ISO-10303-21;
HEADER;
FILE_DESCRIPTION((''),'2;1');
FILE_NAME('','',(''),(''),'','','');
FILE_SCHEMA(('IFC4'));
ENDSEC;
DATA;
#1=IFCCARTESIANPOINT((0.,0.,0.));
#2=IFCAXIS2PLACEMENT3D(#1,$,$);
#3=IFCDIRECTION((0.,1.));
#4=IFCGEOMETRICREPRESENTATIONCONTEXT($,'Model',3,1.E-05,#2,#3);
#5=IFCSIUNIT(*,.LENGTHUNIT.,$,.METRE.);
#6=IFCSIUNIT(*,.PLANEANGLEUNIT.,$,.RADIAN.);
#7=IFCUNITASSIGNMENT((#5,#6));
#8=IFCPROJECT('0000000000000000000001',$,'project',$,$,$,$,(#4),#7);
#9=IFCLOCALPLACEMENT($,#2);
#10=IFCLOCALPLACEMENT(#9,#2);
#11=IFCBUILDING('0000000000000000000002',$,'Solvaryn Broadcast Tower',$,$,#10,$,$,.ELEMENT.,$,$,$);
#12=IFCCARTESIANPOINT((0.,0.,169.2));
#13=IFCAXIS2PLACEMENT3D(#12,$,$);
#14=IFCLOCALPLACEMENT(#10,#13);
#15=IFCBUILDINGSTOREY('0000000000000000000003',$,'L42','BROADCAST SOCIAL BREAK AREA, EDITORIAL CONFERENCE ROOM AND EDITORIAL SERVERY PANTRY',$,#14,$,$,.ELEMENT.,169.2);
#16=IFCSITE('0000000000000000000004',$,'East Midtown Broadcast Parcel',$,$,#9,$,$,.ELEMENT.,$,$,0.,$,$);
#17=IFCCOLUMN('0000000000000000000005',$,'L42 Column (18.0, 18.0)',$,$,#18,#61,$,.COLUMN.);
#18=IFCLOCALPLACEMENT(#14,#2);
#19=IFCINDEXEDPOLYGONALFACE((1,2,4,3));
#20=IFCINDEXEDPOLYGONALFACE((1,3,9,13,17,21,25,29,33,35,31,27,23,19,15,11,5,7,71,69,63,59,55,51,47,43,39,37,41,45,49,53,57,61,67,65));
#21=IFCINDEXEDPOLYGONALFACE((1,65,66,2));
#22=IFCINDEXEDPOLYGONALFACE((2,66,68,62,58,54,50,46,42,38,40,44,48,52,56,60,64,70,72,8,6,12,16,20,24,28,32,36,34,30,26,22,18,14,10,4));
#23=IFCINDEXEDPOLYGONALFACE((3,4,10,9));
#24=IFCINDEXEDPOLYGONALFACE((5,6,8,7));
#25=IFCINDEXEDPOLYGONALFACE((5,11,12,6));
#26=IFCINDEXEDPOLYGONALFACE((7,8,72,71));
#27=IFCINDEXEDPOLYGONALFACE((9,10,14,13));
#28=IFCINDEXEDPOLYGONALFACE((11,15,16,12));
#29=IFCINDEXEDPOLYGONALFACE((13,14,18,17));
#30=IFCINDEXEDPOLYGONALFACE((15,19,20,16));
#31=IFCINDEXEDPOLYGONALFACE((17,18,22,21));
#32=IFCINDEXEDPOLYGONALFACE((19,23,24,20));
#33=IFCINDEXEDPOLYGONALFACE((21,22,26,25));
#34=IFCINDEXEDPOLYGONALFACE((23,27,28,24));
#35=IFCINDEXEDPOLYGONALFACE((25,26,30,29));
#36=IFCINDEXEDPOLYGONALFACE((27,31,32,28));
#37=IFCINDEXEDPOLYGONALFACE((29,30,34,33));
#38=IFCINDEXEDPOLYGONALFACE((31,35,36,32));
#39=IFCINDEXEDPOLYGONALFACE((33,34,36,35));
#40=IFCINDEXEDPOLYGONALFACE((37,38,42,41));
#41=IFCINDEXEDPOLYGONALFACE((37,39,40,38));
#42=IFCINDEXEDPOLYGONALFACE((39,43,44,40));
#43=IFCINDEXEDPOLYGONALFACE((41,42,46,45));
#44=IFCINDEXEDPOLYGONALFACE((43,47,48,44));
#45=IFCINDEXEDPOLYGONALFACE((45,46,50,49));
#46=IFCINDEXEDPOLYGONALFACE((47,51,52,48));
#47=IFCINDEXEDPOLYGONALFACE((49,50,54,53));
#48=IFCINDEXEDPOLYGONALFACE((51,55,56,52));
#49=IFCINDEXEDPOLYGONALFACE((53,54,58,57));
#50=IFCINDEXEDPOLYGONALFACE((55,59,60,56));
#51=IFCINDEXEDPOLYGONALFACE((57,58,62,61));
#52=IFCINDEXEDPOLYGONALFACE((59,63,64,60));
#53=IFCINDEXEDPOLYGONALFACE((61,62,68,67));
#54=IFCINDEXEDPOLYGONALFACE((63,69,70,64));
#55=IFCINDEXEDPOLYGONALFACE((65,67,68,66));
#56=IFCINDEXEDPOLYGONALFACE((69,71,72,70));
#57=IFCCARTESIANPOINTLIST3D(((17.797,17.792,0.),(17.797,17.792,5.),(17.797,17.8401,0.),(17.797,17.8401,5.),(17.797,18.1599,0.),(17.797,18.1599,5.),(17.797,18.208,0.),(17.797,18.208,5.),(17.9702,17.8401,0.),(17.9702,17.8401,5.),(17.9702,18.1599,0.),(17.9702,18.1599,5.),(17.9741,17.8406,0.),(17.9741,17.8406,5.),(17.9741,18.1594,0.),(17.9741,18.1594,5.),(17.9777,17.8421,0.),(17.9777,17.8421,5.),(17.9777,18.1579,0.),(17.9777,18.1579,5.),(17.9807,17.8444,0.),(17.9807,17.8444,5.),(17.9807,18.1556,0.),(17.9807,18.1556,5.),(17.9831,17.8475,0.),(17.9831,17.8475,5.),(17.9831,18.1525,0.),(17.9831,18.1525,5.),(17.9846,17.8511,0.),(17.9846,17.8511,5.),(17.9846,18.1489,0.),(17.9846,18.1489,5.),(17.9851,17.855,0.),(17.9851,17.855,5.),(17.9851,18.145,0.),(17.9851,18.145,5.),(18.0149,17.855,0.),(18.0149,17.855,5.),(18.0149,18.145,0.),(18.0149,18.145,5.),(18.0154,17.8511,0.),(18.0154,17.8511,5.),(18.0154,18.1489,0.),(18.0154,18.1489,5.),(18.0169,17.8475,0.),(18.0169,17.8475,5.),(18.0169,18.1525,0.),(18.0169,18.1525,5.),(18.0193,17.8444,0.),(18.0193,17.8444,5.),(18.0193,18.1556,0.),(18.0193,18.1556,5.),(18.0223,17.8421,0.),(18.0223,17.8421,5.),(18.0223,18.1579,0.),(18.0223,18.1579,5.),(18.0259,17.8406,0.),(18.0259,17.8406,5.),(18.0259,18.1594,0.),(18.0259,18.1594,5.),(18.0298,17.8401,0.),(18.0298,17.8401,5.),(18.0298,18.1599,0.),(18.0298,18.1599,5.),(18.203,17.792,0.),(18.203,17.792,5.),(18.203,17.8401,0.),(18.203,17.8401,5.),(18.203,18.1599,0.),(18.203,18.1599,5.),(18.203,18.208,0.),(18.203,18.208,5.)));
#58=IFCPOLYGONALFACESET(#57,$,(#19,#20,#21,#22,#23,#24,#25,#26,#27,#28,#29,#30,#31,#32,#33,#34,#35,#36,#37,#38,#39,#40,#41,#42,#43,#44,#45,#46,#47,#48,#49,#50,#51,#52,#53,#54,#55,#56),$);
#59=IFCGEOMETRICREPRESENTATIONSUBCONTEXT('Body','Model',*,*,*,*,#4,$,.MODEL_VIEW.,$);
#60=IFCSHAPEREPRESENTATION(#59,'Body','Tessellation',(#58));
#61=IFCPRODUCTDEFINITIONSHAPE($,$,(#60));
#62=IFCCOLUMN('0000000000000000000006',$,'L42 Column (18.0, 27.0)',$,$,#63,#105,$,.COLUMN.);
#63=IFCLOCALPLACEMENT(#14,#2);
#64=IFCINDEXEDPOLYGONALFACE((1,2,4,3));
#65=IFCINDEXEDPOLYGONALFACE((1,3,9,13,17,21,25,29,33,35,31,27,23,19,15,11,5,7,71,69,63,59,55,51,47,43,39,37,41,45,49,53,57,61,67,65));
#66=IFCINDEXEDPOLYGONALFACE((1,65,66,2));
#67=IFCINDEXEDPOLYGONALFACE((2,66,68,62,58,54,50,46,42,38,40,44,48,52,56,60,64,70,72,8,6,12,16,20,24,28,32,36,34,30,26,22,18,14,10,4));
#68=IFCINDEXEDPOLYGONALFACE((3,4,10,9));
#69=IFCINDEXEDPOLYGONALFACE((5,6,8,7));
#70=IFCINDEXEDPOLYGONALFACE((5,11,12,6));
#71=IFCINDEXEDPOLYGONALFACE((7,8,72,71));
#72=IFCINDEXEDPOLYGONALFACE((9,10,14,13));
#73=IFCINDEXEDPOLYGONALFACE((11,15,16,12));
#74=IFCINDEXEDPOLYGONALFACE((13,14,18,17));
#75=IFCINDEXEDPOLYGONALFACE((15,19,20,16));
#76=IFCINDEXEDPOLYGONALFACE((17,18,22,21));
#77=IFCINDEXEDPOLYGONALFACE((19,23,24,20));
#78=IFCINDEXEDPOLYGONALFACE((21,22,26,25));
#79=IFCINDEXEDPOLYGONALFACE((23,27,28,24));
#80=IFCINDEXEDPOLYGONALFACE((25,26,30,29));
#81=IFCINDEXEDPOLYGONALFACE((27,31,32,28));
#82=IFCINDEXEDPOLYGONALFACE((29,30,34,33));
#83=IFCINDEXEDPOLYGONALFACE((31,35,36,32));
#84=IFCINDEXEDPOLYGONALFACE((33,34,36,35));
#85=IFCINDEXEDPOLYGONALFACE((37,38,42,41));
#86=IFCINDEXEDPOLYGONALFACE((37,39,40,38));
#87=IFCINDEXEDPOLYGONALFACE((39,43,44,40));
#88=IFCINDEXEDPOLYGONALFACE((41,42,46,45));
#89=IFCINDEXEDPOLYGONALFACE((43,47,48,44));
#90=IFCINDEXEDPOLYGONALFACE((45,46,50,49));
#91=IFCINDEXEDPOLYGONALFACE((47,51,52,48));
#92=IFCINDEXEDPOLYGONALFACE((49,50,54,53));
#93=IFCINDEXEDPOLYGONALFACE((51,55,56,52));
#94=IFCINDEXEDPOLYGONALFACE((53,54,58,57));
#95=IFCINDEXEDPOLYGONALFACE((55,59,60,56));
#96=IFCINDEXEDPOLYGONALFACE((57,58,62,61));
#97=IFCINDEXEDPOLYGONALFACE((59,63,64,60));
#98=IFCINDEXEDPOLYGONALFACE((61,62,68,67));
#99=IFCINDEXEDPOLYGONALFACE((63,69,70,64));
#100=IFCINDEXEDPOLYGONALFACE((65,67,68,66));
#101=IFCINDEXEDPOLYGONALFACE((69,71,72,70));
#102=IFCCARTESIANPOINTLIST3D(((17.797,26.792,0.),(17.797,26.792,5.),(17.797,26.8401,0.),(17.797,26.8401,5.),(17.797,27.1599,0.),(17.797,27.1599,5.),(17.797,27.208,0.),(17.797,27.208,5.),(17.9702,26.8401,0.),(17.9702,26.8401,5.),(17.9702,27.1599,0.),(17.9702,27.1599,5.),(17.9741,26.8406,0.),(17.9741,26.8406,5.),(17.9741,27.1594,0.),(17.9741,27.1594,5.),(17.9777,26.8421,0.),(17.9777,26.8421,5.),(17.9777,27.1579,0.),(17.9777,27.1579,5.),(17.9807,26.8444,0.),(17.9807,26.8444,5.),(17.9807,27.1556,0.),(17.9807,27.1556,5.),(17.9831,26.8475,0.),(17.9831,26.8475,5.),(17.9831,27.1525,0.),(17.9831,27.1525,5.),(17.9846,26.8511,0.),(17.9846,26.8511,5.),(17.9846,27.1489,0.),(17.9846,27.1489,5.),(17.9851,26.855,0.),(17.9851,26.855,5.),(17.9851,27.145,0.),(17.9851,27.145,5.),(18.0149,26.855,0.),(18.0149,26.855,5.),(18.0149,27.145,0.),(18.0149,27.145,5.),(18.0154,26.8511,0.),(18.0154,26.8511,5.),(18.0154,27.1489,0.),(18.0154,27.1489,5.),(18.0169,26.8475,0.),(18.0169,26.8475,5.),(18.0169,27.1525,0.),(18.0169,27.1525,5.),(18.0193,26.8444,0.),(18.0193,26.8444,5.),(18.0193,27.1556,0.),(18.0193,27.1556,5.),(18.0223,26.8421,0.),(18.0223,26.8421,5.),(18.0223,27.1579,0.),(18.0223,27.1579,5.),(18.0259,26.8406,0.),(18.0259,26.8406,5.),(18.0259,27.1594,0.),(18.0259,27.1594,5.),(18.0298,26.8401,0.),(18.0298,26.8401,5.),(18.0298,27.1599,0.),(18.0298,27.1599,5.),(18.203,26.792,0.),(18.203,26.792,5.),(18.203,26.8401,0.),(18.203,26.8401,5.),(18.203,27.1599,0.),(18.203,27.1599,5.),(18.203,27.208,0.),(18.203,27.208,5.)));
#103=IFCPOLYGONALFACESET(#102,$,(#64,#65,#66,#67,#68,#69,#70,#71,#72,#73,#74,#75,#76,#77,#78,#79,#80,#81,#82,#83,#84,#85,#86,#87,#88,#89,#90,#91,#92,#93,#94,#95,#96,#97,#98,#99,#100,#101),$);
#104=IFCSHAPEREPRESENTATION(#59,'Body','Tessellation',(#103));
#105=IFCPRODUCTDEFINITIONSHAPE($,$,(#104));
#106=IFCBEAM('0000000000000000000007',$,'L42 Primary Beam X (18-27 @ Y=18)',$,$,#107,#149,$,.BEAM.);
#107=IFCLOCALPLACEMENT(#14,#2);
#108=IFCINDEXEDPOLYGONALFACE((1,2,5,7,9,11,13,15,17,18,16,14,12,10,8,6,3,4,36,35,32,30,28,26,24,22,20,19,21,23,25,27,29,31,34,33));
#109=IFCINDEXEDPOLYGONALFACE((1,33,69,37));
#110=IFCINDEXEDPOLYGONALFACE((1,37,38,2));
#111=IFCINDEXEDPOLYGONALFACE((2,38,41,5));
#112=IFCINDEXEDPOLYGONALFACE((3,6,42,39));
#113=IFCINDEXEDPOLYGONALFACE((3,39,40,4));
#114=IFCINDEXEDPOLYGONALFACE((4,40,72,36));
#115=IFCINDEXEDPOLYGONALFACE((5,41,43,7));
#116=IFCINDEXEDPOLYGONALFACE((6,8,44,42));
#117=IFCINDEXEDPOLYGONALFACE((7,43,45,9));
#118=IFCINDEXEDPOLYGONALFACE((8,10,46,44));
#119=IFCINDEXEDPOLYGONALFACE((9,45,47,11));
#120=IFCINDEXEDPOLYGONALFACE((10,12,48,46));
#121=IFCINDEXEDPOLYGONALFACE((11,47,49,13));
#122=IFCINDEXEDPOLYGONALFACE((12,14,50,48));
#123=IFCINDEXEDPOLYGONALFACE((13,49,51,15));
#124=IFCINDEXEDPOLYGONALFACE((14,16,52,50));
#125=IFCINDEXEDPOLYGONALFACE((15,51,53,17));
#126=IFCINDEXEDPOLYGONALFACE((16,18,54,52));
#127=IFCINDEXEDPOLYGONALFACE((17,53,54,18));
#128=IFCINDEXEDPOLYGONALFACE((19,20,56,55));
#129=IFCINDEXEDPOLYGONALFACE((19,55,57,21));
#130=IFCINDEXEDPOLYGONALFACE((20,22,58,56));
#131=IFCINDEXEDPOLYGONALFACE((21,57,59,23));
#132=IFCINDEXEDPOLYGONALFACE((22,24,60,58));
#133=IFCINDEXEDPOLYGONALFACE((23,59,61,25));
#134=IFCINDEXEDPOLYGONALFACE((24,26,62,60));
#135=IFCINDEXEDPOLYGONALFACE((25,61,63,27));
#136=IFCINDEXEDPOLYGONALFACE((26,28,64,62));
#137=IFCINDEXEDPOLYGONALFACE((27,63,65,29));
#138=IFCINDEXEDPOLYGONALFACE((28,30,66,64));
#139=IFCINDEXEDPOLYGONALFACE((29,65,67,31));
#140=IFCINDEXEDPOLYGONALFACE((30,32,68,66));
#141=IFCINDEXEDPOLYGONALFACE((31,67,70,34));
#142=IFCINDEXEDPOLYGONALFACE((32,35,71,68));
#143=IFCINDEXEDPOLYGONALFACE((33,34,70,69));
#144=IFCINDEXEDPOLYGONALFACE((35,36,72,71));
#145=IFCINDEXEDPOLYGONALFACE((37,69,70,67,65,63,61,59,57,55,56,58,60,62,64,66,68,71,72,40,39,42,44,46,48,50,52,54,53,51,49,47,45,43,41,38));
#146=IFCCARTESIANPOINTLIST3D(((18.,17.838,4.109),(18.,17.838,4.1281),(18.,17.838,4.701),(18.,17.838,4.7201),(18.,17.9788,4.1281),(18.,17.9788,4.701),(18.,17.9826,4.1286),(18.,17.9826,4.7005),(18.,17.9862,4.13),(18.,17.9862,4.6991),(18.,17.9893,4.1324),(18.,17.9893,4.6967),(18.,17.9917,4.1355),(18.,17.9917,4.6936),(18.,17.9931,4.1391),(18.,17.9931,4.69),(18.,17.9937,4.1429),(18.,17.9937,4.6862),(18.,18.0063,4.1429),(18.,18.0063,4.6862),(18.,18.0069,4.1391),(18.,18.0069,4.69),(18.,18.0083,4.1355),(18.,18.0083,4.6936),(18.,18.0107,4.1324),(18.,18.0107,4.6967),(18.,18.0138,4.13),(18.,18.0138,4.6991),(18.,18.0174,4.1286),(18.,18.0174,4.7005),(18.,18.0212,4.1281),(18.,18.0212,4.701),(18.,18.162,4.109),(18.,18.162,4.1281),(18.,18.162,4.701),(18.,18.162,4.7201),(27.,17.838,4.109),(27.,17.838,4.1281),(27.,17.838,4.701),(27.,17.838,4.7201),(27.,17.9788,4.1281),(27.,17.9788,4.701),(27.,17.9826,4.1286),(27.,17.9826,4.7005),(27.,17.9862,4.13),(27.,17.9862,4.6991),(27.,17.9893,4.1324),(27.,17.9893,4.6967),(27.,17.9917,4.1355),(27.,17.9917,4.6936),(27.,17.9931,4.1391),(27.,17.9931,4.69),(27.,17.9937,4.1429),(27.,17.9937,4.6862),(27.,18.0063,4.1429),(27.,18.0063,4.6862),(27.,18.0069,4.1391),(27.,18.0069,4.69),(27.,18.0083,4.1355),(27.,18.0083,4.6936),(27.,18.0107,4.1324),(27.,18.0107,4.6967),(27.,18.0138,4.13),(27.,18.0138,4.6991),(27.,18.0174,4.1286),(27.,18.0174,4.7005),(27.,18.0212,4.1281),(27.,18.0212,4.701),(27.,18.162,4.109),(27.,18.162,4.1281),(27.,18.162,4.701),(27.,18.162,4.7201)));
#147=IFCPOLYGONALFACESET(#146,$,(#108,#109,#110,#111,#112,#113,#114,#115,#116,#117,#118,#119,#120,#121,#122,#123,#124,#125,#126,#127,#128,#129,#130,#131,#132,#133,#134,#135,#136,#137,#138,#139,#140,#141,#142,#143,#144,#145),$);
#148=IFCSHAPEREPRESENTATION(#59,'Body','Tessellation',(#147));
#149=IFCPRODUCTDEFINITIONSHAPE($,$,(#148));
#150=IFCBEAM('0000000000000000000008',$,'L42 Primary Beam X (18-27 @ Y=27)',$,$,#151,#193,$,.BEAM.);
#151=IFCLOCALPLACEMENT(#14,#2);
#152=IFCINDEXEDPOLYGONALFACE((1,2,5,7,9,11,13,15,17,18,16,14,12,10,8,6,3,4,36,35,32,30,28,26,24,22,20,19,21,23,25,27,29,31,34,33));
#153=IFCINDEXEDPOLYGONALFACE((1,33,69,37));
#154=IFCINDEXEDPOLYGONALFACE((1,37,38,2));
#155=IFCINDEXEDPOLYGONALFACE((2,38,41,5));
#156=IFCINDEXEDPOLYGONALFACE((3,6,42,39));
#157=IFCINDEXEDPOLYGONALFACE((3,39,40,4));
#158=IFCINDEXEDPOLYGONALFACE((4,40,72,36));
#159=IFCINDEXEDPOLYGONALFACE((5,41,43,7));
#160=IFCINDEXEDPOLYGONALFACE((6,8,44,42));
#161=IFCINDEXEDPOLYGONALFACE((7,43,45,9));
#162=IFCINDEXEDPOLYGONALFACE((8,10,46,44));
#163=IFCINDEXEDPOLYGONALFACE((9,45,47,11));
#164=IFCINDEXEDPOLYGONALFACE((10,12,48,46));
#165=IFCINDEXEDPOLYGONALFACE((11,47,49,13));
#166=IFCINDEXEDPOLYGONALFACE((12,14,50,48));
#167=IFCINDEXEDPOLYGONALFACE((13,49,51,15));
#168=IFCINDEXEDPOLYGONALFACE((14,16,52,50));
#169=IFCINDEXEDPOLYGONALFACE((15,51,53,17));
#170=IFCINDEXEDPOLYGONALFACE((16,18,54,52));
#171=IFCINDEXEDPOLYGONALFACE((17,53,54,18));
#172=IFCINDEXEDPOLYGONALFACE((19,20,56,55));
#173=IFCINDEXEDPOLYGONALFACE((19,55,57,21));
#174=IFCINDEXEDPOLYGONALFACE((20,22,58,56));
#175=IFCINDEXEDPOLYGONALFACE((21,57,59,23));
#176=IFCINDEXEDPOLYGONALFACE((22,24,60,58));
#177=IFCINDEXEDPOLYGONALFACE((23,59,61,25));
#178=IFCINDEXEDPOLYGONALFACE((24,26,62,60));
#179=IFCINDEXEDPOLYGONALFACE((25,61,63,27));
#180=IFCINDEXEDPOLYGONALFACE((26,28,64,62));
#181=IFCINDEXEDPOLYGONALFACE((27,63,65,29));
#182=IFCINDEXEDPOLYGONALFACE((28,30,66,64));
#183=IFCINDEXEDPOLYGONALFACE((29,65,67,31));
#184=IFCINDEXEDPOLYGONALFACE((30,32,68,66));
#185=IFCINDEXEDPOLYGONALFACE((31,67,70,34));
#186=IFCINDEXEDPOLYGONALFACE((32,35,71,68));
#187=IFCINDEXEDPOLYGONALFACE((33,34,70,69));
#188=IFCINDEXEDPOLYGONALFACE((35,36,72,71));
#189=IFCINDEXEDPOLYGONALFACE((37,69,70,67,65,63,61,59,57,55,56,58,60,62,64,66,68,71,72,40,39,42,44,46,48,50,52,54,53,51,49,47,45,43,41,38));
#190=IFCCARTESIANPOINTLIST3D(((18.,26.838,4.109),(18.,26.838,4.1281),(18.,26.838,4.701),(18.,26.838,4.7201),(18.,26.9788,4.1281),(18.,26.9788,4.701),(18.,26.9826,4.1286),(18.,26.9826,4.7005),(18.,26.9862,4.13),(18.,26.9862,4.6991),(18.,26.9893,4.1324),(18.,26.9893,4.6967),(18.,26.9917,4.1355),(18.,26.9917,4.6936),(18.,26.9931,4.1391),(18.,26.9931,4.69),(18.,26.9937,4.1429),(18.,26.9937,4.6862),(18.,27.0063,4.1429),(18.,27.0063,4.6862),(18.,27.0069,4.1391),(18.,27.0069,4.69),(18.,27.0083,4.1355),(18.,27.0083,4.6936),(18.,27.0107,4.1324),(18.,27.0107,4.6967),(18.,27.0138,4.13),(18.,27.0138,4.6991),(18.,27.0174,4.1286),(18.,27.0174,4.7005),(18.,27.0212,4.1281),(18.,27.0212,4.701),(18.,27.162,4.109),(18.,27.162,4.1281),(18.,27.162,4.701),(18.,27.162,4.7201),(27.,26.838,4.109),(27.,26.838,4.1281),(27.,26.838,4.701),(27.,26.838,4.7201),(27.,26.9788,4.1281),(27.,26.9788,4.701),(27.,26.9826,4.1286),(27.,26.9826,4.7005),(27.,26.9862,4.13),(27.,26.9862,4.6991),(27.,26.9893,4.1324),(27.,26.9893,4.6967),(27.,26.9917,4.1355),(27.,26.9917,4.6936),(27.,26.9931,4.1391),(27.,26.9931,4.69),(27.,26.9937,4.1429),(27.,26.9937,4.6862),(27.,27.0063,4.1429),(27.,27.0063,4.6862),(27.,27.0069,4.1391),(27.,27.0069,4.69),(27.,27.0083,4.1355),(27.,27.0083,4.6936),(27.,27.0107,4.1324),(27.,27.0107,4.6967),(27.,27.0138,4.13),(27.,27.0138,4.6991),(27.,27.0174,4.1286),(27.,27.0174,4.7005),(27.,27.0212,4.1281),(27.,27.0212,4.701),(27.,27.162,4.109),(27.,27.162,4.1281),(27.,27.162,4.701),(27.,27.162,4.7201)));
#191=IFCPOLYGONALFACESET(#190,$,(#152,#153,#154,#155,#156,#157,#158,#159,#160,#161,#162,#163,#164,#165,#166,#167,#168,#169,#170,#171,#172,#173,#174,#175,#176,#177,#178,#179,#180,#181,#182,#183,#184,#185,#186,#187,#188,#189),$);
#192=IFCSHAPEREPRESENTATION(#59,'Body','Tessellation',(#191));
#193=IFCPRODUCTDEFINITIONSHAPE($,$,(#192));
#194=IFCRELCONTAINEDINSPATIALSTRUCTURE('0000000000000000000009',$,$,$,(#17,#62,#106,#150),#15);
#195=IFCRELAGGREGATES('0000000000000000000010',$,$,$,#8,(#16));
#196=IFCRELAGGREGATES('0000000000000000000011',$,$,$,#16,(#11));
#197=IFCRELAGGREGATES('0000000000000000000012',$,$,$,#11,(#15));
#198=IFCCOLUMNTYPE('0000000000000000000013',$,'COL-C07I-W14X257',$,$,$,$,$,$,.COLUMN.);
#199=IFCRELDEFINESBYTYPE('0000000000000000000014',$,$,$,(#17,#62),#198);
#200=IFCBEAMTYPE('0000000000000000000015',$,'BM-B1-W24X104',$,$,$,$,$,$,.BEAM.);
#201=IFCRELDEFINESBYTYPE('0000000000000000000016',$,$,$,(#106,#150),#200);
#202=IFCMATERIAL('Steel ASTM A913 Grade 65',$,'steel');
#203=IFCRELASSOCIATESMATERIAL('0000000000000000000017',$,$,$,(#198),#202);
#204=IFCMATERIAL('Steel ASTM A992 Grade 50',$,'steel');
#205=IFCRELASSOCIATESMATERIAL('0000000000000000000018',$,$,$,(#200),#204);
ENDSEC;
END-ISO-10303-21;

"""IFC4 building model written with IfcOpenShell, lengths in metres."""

from ifc_helpers import new_model, si_unit, direction, frame, origin, origin_2d, place, context, subcontext, project, spatial, i_section, extrude, material, material_profile, profile_set, type_object, element, save


model = new_model("IFC4")

# Units and contexts
model_context = context("Model", 3, precision=1e-05, world=origin(), true_north=direction((0.0, 1.0)))
body_context = subcontext(model_context, "Body", "Model", "MODEL_VIEW")
ifc_project = project(units=[si_unit("LENGTHUNIT", "METRE"), si_unit("PLANEANGLEUNIT", "RADIAN")], contexts=[model_context])

# Site, building, storey
site_placement = place(None, origin())
site = spatial("IfcSite", under=ifc_project, at=site_placement, Name="East Midtown Broadcast Parcel", CompositionType="ELEMENT", RefElevation=0.0)
building_placement = place(site_placement, origin())
building = spatial("IfcBuilding", under=site, at=building_placement, Name="Solvaryn Broadcast Tower", CompositionType="ELEMENT")
storey_placement = place(building_placement, frame((0.0, 0.0, 169.2)))
storey = spatial("IfcBuildingStorey", under=building, at=storey_placement, Name="L42", Description="BROADCAST SOCIAL BREAK AREA, EDITORIAL CONFERENCE ROOM AND EDITORIAL SERVERY PANTRY", CompositionType="ELEMENT", Elevation=169.2)

# Columns
ifc_material_1 = material(Name="Steel ASTM A913 Grade 65", Category="steel")
ifc_material_profile_1 = material_profile(ifc_material_1, i_section(OverallWidth=0.406, OverallDepth=0.416, WebThickness=0.0298, FlangeThickness=0.0481, FilletRadius=0.0149, at=origin_2d()))
ifc_profile_set_1 = profile_set([ifc_material_profile_1], Name="Steel ASTM A913 Grade 65")
column_type = type_object("IfcColumnType", Name="COL-C07I-W14X257", PredefinedType="COLUMN", material=ifc_profile_set_1)
for number, where, z_axis, x_axis, name in (
    (1, (18.0, 18.0, 0.0), (0.0, 0.0, 1.0), (1.0, 0.0, 0.0), "L42 Column (18.0, 18.0)"),
    (2, (18.0, 27.0, 0.0), (0.0, 0.0, 1.0), (1.0, 0.0, 0.0), "L42 Column (18.0, 27.0)"),
):
    element("IfcColumn", number, at=place(storey_placement, frame(where, z_axis=z_axis, x_axis=x_axis)), inside=storey, type_object=column_type, Name=name, PredefinedType="COLUMN", context=body_context, shape_type="SweptSolid", body=[
        extrude(i_section(OverallWidth=0.406, OverallDepth=0.416, WebThickness=0.0298, FlangeThickness=0.0481, FilletRadius=0.0149, at=origin_2d()), origin(), (0.0, 0.0, 1.0), 5.0),
    ])

# Beams
ifc_material_2 = material(Name="Steel ASTM A992 Grade 50", Category="steel")
ifc_material_profile_2 = material_profile(ifc_material_2, i_section(OverallWidth=0.324, OverallDepth=0.6111, WebThickness=0.0127, FlangeThickness=0.019, FilletRadius=0.0149, at=origin_2d()))
ifc_profile_set_2 = profile_set([ifc_material_profile_2], Name="Steel ASTM A992 Grade 50")
beam_type_1 = type_object("IfcBeamType", Name="BM-B1-W24X104", PredefinedType="BEAM", material=ifc_profile_set_2)
for number, where, z_axis, x_axis, name in (
    (3, (18.0, 18.0, 4.4146), (1.0, 0.0, 0.0), (0.0, 1.0, 0.0), "L42 Primary Beam X (18-27 @ Y=18)"),
    (4, (18.0, 27.0, 4.4146), (1.0, 0.0, 0.0), (0.0, 1.0, 0.0), "L42 Primary Beam X (18-27 @ Y=27)"),
):
    element("IfcBeam", number, at=place(storey_placement, frame(where, z_axis=z_axis, x_axis=x_axis)), inside=storey, type_object=beam_type_1, Name=name, PredefinedType="BEAM", context=body_context, shape_type="SweptSolid", body=[
        extrude(i_section(OverallWidth=0.324, OverallDepth=0.6111, WebThickness=0.0127, FlangeThickness=0.019, FilletRadius=0.0149, at=origin_2d()), origin(), (0.0, 0.0, 1.0), 9.0),
    ])

save(model, "model.ifc")
